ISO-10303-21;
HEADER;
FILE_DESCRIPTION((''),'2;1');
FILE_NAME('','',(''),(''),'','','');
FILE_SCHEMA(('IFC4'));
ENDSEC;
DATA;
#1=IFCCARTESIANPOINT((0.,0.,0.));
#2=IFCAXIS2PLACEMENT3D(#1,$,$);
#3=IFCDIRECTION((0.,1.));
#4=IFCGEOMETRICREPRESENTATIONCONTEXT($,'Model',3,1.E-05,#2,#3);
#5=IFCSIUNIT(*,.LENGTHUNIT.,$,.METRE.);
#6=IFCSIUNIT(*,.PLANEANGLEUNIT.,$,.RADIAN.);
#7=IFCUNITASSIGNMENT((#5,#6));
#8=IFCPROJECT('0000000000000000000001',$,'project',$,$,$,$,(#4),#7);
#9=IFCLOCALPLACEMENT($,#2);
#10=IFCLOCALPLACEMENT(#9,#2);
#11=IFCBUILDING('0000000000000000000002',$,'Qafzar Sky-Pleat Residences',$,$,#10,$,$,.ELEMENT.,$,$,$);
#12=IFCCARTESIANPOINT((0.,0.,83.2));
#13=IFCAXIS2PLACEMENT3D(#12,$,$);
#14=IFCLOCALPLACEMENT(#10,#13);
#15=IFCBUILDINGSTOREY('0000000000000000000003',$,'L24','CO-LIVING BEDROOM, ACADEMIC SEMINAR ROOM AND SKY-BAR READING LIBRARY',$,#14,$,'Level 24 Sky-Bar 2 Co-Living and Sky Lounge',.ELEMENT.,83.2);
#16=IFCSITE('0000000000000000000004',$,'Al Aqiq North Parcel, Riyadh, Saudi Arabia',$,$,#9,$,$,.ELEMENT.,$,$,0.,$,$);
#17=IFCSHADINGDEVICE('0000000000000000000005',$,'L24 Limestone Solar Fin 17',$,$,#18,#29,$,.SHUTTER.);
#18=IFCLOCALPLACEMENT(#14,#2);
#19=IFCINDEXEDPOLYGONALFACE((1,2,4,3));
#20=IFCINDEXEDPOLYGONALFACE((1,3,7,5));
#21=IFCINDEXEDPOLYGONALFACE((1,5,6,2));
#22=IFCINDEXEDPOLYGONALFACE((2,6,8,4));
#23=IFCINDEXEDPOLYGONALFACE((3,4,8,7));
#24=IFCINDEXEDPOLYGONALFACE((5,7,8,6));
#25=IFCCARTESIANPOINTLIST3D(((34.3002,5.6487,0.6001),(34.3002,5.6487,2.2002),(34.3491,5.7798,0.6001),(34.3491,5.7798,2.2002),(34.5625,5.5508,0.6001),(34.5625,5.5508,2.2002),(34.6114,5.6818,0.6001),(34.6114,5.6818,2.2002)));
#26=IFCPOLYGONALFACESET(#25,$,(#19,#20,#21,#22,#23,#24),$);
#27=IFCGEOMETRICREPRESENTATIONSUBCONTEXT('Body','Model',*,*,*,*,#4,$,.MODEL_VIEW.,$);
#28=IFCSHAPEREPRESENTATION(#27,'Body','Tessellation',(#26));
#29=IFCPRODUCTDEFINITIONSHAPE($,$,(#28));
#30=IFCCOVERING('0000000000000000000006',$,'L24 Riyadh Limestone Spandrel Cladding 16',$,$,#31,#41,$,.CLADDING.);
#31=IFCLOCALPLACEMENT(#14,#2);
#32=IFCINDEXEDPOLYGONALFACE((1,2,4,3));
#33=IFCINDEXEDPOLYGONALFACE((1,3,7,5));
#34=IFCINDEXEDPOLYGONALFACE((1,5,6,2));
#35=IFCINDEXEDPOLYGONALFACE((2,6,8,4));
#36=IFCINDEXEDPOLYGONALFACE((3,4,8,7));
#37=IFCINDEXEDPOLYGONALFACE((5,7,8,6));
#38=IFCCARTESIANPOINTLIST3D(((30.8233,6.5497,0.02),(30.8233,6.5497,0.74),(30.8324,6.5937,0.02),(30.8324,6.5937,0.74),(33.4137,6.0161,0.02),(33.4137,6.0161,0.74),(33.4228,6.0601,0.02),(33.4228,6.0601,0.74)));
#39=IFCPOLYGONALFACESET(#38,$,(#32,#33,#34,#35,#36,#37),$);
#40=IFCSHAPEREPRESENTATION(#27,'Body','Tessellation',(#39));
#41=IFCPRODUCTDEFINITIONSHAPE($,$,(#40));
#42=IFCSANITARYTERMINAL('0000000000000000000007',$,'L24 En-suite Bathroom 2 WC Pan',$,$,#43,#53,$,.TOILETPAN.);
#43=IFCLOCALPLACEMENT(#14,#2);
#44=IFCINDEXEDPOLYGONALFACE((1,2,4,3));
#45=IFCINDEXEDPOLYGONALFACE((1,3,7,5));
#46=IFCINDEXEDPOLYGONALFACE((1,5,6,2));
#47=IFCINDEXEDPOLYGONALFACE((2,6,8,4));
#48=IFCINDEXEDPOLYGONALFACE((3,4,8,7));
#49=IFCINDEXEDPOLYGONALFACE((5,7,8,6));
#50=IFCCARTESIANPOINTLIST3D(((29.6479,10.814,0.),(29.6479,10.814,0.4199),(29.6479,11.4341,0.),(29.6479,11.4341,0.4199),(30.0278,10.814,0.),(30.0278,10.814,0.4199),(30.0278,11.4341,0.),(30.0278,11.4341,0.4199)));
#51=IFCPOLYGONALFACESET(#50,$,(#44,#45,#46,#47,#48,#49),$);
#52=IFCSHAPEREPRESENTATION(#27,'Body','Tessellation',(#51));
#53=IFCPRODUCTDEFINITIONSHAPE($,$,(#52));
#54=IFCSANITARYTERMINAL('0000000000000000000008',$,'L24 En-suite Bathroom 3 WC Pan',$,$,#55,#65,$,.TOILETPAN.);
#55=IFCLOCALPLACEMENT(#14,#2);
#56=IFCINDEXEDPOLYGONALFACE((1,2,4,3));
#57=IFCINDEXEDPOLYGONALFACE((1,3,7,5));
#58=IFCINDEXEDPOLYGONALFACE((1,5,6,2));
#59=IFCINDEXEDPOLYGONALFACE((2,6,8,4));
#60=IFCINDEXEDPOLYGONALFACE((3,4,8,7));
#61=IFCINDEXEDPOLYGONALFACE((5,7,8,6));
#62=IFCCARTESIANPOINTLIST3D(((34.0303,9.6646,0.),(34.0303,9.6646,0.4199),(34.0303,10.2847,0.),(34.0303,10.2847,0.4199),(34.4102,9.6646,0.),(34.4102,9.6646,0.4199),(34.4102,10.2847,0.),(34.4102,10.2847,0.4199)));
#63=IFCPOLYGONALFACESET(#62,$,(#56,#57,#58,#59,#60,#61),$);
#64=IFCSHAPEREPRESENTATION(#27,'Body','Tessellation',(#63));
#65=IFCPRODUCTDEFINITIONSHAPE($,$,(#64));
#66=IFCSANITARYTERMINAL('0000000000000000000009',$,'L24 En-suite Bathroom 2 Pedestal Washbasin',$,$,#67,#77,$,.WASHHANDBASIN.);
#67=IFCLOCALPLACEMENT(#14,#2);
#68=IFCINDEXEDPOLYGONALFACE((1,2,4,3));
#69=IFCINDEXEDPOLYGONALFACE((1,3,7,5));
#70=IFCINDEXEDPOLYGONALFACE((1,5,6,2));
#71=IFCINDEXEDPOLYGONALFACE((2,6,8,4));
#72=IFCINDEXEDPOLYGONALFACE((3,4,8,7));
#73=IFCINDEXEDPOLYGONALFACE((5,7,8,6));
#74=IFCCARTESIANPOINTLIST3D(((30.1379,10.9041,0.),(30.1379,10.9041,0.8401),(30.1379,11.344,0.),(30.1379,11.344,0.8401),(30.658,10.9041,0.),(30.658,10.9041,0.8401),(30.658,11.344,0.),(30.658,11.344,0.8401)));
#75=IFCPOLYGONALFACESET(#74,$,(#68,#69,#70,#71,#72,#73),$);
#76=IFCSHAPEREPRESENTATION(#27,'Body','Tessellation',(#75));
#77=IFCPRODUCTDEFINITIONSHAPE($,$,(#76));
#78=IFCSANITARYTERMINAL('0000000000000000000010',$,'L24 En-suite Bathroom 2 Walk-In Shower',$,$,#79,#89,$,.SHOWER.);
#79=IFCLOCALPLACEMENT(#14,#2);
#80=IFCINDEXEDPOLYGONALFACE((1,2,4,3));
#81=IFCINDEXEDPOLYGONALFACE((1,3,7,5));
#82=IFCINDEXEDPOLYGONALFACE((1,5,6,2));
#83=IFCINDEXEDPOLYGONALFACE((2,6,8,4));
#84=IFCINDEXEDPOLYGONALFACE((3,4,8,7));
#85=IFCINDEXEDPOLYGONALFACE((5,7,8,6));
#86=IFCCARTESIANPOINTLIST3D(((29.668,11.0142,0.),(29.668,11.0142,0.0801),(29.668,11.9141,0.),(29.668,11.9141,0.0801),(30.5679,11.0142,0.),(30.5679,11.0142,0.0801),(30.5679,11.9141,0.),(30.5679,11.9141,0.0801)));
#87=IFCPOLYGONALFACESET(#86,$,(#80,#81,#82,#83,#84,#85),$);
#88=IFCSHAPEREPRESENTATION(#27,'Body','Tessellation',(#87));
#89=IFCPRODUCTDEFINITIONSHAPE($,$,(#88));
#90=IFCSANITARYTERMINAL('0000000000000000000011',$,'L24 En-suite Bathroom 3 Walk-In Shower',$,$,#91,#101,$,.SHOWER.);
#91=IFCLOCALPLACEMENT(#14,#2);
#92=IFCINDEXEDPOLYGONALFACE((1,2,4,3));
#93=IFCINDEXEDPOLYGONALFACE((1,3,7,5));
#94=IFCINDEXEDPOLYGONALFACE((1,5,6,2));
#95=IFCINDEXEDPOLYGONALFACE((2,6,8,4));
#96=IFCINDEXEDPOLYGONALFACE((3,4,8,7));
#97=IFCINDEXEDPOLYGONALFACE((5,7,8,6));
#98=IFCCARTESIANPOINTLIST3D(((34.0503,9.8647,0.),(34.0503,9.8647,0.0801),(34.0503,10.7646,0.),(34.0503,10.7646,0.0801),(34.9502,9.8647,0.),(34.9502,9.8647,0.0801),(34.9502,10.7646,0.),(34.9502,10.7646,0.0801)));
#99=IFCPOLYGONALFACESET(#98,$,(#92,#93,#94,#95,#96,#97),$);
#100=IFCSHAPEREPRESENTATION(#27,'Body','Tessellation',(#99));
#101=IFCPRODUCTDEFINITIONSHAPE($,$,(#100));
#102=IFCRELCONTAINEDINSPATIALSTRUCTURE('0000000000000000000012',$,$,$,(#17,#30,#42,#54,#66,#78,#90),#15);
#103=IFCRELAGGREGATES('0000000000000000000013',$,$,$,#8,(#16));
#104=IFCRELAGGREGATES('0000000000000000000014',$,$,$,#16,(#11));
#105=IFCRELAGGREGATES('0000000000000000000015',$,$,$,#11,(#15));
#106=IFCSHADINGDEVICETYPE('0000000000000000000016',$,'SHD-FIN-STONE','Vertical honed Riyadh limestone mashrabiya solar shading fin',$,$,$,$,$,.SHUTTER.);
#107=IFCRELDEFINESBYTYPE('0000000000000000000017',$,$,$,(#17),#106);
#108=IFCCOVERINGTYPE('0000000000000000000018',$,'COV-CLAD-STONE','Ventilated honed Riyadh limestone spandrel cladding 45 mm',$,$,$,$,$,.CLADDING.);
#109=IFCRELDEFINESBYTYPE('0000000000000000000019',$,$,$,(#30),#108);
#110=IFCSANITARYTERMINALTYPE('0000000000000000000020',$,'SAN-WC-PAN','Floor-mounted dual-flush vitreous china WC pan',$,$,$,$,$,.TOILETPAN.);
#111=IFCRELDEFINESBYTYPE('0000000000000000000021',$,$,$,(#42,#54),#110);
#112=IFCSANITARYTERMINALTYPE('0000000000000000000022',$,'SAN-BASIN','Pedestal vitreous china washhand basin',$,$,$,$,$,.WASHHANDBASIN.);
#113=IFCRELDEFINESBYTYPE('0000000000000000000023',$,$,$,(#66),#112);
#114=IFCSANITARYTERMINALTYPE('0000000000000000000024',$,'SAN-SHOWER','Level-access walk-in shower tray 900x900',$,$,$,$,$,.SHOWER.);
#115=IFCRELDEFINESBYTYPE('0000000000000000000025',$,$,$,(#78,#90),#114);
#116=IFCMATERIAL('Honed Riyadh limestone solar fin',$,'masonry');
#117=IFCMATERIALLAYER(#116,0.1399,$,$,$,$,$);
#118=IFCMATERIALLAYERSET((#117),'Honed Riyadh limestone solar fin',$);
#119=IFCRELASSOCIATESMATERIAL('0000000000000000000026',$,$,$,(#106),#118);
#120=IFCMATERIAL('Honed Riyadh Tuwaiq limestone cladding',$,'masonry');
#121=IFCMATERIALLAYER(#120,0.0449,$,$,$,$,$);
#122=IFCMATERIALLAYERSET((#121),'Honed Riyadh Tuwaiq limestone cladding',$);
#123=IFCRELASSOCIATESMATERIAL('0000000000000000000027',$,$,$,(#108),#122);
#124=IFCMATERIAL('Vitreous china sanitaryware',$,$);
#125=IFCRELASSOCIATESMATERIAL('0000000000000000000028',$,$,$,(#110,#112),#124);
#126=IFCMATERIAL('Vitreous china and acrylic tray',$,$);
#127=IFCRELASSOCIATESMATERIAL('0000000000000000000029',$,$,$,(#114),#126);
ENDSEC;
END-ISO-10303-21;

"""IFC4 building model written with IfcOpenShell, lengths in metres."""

from ifc_helpers import new_model, si_unit, direction, frame, origin, origin_2d, place, context, subcontext, project, spatial, rectangle, extrude, source, transform, mapped, material, layer, layer_set, type_object, element, save


model = new_model("IFC4")

# Units and contexts
model_context = context("Model", 3, precision=1e-05, world=origin(), true_north=direction((0.0, 1.0)))
body_context = subcontext(model_context, "Body", "Model", "MODEL_VIEW")
ifc_project = project(units=[si_unit("LENGTHUNIT", "METRE"), si_unit("PLANEANGLEUNIT", "RADIAN")], contexts=[model_context])

# Site, building, storey
site_placement = place(None, origin())
site = spatial("IfcSite", under=ifc_project, at=site_placement, Name="Al Aqiq North Parcel, Riyadh, Saudi Arabia", CompositionType="ELEMENT", RefElevation=0.0)
building_placement = place(site_placement, origin())
building = spatial("IfcBuilding", under=site, at=building_placement, Name="Qafzar Sky-Pleat Residences", CompositionType="ELEMENT")
storey_placement = place(building_placement, frame((0.0, 0.0, 83.2)))
storey = spatial("IfcBuildingStorey", under=building, at=storey_placement, Name="L24", Description="CO-LIVING BEDROOM, ACADEMIC SEMINAR ROOM AND SKY-BAR READING LIBRARY", LongName="Level 24 Sky-Bar 2 Co-Living and Sky Lounge", CompositionType="ELEMENT", Elevation=83.2)

# Shading device
ifc_material_1 = material(Name="Honed Riyadh limestone solar fin", Category="masonry")
ifc_layer_1 = layer(ifc_material_1, 0.1399)
ifc_layer_set_1 = layer_set([ifc_layer_1], Name="Honed Riyadh limestone solar fin")
shading_device_type = type_object("IfcShadingDeviceType", Name="SHD-FIN-STONE", Description="Vertical honed Riyadh limestone mashrabiya solar shading fin", PredefinedType="SHUTTER", material=ifc_layer_set_1)
shared_shape_1 = source(origin(), body_context, "Body", "SweptSolid", [
    extrude(rectangle(XDim=0.1399, YDim=0.28, at=origin_2d()), origin(), (0.0, 0.0, 1.0), 1.6001),
])
shading_device_placement = place(storey_placement, frame((34.4558, 5.6653, 0.6001), z_axis=(0.0, 0.0, 1.0), x_axis=(-0.349823, -0.936816, 0.0)))
element("IfcShadingDevice", 1, at=shading_device_placement, inside=storey, type_object=shading_device_type, Name="L24 Limestone Solar Fin 17", PredefinedType="SHUTTER", context=body_context, shape_type="MappedRepresentation", body=[
    mapped(shared_shape_1, transform((0.0, 0.0, 0.0), x_axis=(1.0, 0.0, 0.0), y_axis=(0.0, 1.0, 0.0), z_axis=(0.0, 0.0, 1.0), scale=1.0)),
])

# Covering
ifc_material_2 = material(Name="Honed Riyadh Tuwaiq limestone cladding", Category="masonry")
ifc_layer_2 = layer(ifc_material_2, 0.0449)
ifc_layer_set_2 = layer_set([ifc_layer_2], Name="Honed Riyadh Tuwaiq limestone cladding")
covering_type = type_object("IfcCoveringType", Name="COV-CLAD-STONE", Description="Ventilated honed Riyadh limestone spandrel cladding 45 mm", PredefinedType="CLADDING", material=ifc_layer_set_2)
shared_shape_2 = source(origin(), body_context, "Body", "SweptSolid", [
    extrude(rectangle(XDim=2.6448, YDim=0.0449, at=origin_2d()), origin(), (0.0, 0.0, 1.0), 0.72),
])
covering_placement = place(storey_placement, frame((32.123, 6.3049, 0.02), z_axis=(0.0, 0.0, 1.0), x_axis=(0.979434, -0.201767, 0.0)))
element("IfcCovering", 2, at=covering_placement, inside=storey, type_object=covering_type, Name="L24 Riyadh Limestone Spandrel Cladding 16", PredefinedType="CLADDING", context=body_context, shape_type="MappedRepresentation", body=[
    mapped(shared_shape_2, transform((0.0, 0.0, 0.0), x_axis=(1.0, 0.0, 0.0), y_axis=(0.0, 1.0, 0.0), z_axis=(0.0, 0.0, 1.0), scale=1.0)),
])

# Sanitary terminals
ifc_material_3 = material(Name="Vitreous china sanitaryware")
sanitary_terminal_type_1 = type_object("IfcSanitaryTerminalType", Name="SAN-WC-PAN", Description="Floor-mounted dual-flush vitreous china WC pan", PredefinedType="TOILETPAN", material=ifc_material_3)
shared_shape_3 = source(origin(), body_context, "Body", "SweptSolid", [
    extrude(rectangle(XDim=0.3799, YDim=0.6201, at=origin_2d()), origin(), (0.0, 0.0, 1.0), 0.4199),
])
for number, where, z_axis, x_axis, name in (
    (3, (29.8379, 11.124, 0.0), (0.0, 0.0, 1.0), (1.0, 0.0, 0.0), "L24 En-suite Bathroom 2 WC Pan"),
    (4, (34.2202, 9.9746, 0.0), (0.0, 0.0, 1.0), (1.0, 0.0, 0.0), "L24 En-suite Bathroom 3 WC Pan"),
):
    element("IfcSanitaryTerminal", number, at=place(storey_placement, frame(where, z_axis=z_axis, x_axis=x_axis)), inside=storey, type_object=sanitary_terminal_type_1, Name=name, PredefinedType="TOILETPAN", context=body_context, shape_type="MappedRepresentation", body=[
        mapped(shared_shape_3, transform((0.0, 0.0, 0.0), x_axis=(1.0, 0.0, 0.0), y_axis=(0.0, 1.0, 0.0), z_axis=(0.0, 0.0, 1.0), scale=1.0)),
    ])
sanitary_terminal_type_2 = type_object("IfcSanitaryTerminalType", Name="SAN-BASIN", Description="Pedestal vitreous china washhand basin", PredefinedType="WASHHANDBASIN", material=ifc_material_3)
shared_shape_4 = source(origin(), body_context, "Body", "SweptSolid", [
    extrude(rectangle(XDim=0.52, YDim=0.4399, at=origin_2d()), origin(), (0.0, 0.0, 1.0), 0.8401),
])
sanitary_terminal_placement = place(storey_placement, frame((30.3979, 11.124, 0.0), z_axis=(0.0, 0.0, 1.0), x_axis=(1.0, 0.0, 0.0)))
element("IfcSanitaryTerminal", 5, at=sanitary_terminal_placement, inside=storey, type_object=sanitary_terminal_type_2, Name="L24 En-suite Bathroom 2 Pedestal Washbasin", PredefinedType="WASHHANDBASIN", context=body_context, shape_type="MappedRepresentation", body=[
    mapped(shared_shape_4, transform((0.0, 0.0, 0.0), x_axis=(1.0, 0.0, 0.0), y_axis=(0.0, 1.0, 0.0), z_axis=(0.0, 0.0, 1.0), scale=1.0)),
])
ifc_material_4 = material(Name="Vitreous china and acrylic tray")
sanitary_terminal_type_3 = type_object("IfcSanitaryTerminalType", Name="SAN-SHOWER", Description="Level-access walk-in shower tray 900x900", PredefinedType="SHOWER", material=ifc_material_4)
shared_shape_5 = source(origin(), body_context, "Body", "SweptSolid", [
    extrude(rectangle(XDim=0.8999, YDim=0.8999, at=origin_2d()), origin(), (0.0, 0.0, 1.0), 0.0801),
])
for number, where, z_axis, x_axis, name in (
    (6, (30.1179, 11.4641, 0.0), (0.0, 0.0, 1.0), (1.0, 0.0, 0.0), "L24 En-suite Bathroom 2 Walk-In Shower"),
    (7, (34.5002, 10.3147, 0.0), (0.0, 0.0, 1.0), (1.0, 0.0, 0.0), "L24 En-suite Bathroom 3 Walk-In Shower"),
):
    element("IfcSanitaryTerminal", number, at=place(storey_placement, frame(where, z_axis=z_axis, x_axis=x_axis)), inside=storey, type_object=sanitary_terminal_type_3, Name=name, PredefinedType="SHOWER", context=body_context, shape_type="MappedRepresentation", body=[
        mapped(shared_shape_5, transform((0.0, 0.0, 0.0), x_axis=(1.0, 0.0, 0.0), y_axis=(0.0, 1.0, 0.0), z_axis=(0.0, 0.0, 1.0), scale=1.0)),
    ])

save(model, "model.ifc")
